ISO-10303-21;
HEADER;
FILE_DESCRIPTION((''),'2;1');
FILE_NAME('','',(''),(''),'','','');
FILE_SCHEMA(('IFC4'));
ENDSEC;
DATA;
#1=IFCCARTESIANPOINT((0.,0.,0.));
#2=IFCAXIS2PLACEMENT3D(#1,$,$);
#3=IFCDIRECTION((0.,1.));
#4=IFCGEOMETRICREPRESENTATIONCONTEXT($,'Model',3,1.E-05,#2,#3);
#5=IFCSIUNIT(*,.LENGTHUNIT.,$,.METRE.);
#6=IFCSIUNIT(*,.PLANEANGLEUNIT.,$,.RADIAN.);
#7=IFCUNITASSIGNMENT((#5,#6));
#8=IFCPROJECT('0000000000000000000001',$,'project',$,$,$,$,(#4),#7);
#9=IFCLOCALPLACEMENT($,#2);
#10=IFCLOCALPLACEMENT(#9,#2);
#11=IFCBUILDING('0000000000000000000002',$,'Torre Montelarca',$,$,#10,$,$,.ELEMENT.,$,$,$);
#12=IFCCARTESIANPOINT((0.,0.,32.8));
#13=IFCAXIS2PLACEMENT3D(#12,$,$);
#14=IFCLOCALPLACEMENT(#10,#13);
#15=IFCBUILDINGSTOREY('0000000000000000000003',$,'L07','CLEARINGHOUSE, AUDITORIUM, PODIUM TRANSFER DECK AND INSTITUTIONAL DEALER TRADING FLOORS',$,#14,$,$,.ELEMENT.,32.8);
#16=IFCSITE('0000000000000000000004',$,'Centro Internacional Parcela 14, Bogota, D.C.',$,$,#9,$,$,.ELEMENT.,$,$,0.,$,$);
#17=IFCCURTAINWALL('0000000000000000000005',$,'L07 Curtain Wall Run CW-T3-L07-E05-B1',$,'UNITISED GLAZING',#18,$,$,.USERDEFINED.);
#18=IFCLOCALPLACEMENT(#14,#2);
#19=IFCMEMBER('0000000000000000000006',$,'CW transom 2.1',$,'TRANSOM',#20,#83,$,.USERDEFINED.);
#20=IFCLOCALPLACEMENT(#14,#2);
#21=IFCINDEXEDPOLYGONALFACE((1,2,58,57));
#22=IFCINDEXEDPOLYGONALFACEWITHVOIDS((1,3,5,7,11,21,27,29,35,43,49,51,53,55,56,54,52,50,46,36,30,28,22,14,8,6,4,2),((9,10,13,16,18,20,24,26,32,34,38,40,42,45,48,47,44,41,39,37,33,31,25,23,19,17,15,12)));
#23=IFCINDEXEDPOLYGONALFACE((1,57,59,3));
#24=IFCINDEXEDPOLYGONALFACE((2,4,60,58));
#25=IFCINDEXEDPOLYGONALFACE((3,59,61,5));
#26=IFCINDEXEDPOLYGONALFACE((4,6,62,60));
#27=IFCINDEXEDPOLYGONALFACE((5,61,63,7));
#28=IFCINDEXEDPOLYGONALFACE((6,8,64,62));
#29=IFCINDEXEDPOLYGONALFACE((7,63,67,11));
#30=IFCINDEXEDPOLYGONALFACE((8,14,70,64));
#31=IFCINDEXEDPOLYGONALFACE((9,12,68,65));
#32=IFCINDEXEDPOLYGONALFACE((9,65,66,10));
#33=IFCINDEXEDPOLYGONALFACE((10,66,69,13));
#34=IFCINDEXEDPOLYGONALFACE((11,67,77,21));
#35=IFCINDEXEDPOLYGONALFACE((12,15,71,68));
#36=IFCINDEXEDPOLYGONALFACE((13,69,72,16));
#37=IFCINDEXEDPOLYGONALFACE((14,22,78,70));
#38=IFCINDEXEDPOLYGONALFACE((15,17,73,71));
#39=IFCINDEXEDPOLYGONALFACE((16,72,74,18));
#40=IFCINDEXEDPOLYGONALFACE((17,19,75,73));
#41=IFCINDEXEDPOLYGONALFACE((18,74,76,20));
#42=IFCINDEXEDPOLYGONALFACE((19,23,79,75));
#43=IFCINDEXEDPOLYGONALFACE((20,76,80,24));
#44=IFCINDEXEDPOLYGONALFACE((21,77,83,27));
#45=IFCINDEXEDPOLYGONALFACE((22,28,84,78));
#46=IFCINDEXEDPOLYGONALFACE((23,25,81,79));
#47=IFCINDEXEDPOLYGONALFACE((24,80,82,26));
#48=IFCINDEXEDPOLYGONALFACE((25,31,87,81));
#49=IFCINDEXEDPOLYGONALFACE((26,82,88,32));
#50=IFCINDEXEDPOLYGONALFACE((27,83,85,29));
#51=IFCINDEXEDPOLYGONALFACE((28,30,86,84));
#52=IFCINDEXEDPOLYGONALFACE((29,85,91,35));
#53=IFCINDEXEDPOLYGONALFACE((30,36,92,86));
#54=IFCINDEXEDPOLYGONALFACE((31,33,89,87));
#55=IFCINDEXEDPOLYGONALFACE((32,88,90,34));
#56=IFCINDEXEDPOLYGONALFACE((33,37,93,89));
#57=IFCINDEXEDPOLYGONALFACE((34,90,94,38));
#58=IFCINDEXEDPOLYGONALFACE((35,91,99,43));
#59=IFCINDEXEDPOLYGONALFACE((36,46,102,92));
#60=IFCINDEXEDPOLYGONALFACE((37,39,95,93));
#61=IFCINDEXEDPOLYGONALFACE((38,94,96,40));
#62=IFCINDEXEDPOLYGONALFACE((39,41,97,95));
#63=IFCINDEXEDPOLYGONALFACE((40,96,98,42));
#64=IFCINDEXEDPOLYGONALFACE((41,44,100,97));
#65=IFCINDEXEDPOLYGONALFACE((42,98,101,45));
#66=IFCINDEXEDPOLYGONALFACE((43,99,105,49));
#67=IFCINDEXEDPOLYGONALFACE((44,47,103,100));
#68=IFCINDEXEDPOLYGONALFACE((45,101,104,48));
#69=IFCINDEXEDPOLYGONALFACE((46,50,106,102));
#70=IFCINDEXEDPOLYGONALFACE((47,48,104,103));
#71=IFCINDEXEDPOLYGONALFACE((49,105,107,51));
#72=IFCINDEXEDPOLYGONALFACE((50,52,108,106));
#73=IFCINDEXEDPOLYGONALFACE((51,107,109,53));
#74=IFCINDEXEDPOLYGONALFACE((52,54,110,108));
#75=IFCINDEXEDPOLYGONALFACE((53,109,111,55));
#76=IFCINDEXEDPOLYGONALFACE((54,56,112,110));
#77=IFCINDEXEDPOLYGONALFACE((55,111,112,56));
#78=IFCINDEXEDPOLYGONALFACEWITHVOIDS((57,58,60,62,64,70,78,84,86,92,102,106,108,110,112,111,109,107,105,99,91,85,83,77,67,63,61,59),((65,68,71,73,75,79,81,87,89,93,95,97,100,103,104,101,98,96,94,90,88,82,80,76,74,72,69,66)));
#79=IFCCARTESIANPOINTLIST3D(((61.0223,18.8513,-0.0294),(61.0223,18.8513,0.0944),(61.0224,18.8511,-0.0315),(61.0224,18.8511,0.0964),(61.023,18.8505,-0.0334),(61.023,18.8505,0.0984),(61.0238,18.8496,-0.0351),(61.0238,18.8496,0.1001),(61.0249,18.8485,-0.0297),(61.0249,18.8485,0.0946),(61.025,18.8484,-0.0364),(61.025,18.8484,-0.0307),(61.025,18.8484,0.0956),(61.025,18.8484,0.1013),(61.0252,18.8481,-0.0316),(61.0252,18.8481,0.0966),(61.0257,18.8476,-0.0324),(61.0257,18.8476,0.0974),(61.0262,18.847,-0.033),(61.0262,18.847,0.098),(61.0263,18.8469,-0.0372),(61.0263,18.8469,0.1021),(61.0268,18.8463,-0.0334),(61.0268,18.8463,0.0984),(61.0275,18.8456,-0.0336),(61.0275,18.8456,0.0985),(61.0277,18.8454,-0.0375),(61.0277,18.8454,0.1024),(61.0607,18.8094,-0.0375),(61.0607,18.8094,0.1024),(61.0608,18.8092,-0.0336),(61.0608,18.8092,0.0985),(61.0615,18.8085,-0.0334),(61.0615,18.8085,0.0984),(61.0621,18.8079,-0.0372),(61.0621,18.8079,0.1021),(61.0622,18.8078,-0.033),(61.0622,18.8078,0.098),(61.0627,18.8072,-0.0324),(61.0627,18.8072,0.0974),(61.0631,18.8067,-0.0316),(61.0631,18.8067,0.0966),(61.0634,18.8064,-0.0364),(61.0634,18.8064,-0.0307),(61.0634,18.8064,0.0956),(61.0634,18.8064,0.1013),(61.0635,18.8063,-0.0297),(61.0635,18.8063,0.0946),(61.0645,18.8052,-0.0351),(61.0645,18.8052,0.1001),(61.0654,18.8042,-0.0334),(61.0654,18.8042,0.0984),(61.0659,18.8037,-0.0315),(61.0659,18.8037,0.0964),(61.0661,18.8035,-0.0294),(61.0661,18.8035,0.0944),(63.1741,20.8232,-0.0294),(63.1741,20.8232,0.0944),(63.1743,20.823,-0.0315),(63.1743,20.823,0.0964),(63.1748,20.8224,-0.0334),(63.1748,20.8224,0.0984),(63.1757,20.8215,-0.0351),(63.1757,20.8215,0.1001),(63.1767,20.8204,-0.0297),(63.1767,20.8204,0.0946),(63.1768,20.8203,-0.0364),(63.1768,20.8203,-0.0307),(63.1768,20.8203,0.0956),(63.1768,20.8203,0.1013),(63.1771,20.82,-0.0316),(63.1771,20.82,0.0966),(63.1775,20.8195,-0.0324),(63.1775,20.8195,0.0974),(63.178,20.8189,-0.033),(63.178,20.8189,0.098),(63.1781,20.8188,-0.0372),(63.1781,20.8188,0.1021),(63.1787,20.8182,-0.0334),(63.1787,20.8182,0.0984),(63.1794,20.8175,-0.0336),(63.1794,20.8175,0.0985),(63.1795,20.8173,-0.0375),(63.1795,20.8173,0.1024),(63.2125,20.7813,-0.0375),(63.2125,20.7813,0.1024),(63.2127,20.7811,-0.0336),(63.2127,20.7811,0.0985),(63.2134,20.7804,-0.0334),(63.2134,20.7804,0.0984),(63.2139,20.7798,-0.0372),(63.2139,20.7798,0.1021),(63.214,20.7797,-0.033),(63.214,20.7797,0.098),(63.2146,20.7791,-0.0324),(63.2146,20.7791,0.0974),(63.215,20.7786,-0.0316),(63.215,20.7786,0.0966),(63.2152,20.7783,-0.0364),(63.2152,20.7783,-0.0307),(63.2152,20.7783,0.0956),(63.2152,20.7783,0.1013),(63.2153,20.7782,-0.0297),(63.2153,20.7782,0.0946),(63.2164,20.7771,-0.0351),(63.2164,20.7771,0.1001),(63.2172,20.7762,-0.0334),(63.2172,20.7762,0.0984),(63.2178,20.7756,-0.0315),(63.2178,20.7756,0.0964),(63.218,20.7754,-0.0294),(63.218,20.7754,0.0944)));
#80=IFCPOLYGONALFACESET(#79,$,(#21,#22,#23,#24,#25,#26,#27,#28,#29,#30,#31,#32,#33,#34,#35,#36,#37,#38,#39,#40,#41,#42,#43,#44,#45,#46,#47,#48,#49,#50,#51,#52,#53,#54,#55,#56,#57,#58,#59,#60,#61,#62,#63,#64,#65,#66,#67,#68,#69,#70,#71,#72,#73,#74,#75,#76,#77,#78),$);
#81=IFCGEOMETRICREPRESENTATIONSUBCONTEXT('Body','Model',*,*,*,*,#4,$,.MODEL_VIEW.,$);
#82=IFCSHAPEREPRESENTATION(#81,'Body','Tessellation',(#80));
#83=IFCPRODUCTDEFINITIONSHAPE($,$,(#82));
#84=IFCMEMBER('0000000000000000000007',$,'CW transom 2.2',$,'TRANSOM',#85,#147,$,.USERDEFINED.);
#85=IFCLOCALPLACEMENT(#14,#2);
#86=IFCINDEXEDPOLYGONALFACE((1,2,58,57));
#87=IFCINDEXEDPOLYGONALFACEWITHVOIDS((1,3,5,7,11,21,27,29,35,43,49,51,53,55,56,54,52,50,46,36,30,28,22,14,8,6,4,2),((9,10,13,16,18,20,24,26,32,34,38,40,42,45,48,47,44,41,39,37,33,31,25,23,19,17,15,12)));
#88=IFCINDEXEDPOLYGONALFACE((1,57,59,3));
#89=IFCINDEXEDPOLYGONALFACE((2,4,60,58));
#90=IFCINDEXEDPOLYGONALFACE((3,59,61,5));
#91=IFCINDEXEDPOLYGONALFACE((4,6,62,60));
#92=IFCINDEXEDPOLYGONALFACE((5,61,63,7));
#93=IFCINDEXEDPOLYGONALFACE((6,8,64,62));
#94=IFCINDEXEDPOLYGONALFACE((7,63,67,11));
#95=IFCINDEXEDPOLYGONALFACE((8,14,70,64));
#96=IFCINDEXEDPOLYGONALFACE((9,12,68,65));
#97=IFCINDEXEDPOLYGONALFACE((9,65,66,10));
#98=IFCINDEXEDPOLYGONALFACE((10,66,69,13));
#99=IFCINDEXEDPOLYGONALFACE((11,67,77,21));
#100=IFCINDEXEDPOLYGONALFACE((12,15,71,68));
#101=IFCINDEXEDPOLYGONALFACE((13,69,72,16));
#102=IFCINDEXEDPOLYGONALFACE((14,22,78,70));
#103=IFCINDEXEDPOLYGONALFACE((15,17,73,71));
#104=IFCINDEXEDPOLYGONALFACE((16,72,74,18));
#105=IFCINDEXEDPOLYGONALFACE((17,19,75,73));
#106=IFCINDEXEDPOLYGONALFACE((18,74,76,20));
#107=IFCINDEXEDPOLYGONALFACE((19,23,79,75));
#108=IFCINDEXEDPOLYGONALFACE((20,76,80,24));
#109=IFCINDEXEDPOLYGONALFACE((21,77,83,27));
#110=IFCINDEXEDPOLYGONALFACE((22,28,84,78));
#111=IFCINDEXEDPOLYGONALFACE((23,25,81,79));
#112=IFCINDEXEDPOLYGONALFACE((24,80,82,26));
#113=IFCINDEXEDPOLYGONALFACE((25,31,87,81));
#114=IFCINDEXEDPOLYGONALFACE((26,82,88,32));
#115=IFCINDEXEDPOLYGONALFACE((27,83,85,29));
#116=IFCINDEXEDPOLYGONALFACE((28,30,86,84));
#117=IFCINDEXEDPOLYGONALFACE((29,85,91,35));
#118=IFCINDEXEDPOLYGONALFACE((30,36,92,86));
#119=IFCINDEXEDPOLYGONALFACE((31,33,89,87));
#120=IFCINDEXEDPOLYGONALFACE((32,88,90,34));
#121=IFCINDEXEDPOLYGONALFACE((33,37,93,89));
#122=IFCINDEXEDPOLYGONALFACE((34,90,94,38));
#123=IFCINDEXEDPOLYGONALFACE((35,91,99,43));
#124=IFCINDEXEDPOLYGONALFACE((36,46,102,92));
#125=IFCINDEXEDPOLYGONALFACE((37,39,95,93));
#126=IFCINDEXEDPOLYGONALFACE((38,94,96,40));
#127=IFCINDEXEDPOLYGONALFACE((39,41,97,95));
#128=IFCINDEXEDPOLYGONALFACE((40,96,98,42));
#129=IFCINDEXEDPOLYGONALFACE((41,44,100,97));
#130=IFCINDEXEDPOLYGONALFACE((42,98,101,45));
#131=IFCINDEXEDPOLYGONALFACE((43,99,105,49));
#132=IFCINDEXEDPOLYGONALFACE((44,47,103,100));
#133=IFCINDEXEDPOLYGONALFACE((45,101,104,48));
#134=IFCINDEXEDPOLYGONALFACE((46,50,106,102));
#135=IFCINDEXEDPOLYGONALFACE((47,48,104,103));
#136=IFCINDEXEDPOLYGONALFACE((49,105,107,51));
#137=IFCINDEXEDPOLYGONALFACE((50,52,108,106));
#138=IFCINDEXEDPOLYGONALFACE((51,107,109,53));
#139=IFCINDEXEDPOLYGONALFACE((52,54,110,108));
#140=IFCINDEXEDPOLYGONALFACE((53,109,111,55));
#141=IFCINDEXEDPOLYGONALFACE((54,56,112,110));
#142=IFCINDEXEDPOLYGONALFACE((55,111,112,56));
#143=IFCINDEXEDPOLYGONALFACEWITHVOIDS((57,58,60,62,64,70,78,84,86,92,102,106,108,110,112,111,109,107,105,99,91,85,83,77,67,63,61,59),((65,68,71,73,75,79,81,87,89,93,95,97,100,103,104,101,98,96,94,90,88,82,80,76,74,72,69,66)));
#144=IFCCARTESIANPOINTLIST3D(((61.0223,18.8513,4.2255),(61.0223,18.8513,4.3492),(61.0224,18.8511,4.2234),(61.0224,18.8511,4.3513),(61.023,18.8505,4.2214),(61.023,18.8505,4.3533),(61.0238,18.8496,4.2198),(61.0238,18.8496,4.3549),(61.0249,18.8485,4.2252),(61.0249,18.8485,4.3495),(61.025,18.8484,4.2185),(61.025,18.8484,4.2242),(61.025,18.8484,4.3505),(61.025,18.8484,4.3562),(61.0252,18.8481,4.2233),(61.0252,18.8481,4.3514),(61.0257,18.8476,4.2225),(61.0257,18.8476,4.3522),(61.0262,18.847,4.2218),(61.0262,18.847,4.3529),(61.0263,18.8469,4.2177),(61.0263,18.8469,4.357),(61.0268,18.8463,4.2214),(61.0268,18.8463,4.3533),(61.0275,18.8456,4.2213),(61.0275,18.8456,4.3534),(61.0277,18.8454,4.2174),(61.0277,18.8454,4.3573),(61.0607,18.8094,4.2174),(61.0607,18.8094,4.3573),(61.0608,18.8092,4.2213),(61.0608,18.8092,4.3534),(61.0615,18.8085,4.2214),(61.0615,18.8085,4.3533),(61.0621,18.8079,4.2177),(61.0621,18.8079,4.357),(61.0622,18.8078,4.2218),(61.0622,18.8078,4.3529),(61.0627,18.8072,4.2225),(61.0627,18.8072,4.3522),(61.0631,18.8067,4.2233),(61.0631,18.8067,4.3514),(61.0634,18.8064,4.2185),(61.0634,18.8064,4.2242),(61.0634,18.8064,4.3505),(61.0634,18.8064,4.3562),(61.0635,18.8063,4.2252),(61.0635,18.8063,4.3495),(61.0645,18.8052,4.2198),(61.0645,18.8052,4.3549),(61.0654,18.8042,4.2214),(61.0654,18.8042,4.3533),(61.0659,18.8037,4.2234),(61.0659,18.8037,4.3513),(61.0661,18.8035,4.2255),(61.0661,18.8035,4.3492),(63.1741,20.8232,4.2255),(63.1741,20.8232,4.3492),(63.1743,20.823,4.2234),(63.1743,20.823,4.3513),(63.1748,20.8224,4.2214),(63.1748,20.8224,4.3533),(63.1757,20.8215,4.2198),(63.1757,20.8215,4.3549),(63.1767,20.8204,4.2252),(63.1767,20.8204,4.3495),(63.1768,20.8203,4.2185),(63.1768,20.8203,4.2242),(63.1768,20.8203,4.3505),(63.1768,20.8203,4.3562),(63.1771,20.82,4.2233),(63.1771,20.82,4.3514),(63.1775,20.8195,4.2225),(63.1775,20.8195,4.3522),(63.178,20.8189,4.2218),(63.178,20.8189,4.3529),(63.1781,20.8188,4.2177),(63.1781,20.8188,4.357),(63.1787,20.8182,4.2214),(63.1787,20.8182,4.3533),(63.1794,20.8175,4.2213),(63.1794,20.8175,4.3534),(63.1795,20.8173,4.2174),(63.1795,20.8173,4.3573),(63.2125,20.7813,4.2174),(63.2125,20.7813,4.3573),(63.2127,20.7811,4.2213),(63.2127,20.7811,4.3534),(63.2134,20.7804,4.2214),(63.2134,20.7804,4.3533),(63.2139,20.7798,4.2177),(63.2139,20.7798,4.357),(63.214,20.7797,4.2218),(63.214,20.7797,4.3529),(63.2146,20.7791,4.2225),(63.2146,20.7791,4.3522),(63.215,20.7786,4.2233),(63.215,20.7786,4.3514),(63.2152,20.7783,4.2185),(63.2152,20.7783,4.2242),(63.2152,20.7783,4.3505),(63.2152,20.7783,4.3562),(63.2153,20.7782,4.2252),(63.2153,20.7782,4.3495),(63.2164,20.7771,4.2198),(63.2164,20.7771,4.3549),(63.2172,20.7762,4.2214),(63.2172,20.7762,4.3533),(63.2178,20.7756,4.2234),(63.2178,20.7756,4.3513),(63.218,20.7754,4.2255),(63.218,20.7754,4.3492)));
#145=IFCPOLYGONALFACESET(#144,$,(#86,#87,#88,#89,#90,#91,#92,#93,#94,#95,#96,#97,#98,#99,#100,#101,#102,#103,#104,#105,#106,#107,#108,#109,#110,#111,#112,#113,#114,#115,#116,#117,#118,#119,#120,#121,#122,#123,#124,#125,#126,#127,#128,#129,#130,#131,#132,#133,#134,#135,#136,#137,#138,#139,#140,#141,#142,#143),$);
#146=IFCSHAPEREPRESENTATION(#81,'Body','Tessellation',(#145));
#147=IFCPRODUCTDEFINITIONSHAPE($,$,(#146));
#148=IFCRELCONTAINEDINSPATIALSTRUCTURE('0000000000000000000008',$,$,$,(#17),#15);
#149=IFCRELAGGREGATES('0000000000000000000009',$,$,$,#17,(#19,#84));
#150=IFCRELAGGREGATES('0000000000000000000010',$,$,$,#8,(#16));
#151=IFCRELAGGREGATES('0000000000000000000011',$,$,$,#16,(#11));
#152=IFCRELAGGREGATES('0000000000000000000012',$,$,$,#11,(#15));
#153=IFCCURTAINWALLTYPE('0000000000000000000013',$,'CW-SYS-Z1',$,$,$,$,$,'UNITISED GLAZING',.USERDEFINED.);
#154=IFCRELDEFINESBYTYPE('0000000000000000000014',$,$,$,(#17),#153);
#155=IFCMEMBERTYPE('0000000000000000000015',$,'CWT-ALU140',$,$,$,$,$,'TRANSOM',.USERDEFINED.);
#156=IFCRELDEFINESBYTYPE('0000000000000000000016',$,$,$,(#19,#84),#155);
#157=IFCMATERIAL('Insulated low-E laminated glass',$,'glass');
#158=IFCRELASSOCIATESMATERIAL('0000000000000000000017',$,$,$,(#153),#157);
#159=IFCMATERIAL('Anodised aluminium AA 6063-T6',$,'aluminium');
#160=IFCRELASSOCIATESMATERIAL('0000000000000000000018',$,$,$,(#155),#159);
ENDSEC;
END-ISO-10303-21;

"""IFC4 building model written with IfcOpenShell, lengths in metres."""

from ifc_helpers import new_model, si_unit, direction, frame, origin, origin_2d, place, context, subcontext, project, spatial, hollow_rectangle, extrude, source, transform, mapped, material, material_profile, profile_set, type_object, element, aggregate, save


model = new_model("IFC4")

# Units and contexts
model_context = context("Model", 3, precision=1e-05, world=origin(), true_north=direction((0.0, 1.0)))
body_context = subcontext(model_context, "Body", "Model", "MODEL_VIEW")
ifc_project = project(units=[si_unit("LENGTHUNIT", "METRE"), si_unit("PLANEANGLEUNIT", "RADIAN")], contexts=[model_context])

# Site, building, storey
site_placement = place(None, origin())
site = spatial("IfcSite", under=ifc_project, at=site_placement, Name="Centro Internacional Parcela 14, Bogota, D.C.", CompositionType="ELEMENT", RefElevation=0.0)
building_placement = place(site_placement, origin())
building = spatial("IfcBuilding", under=site, at=building_placement, Name="Torre Montelarca", CompositionType="ELEMENT")
storey_placement = place(building_placement, frame((0.0, 0.0, 32.8)))
storey = spatial("IfcBuildingStorey", under=building, at=storey_placement, Name="L07", Description="CLEARINGHOUSE, AUDITORIUM, PODIUM TRANSFER DECK AND INSTITUTIONAL DEALER TRADING FLOORS", CompositionType="ELEMENT", Elevation=32.8)

# Curtain wall
ifc_material_1 = material(Name="Insulated low-E laminated glass", Category="glass")
curtain_wall_type = type_object("IfcCurtainWallType", Name="CW-SYS-Z1", ElementType="UNITISED GLAZING", PredefinedType="USERDEFINED", material=ifc_material_1)
curtain_wall_1_placement = place(storey_placement, origin())
curtain_wall_1 = element("IfcCurtainWall", 1, at=curtain_wall_1_placement, inside=storey, type_object=curtain_wall_type, Name="L07 Curtain Wall Run CW-T3-L07-E05-B1", ObjectType="UNITISED GLAZING", PredefinedType="USERDEFINED")
ifc_material_2 = material(Name="Anodised aluminium AA 6063-T6", Category="aluminium")

# Members
ifc_material_profile_1 = material_profile(ifc_material_2, hollow_rectangle(XDim=0.0649, YDim=0.1399, WallThickness=0.0039, InnerFilletRadius=0.0039, OuterFilletRadius=0.0081, at=origin_2d()), Name="ALU65X140X4", Category="aluminium")
ifc_profile_set_1 = profile_set([ifc_material_profile_1], Name="Anodised aluminium AA 6063-T6")
member_type_1 = type_object("IfcMemberType", Name="CWT-ALU140", ElementType="TRANSOM", PredefinedType="USERDEFINED", material=ifc_profile_set_1)
shared_shape_1 = source(origin(), body_context, "Body", "SweptSolid", [
    extrude(hollow_rectangle(XDim=0.0649, YDim=0.1399, WallThickness=0.0039, InnerFilletRadius=0.0039, OuterFilletRadius=0.0081, at=origin_2d()), origin(), (0.0, 0.0, 1.0), 2.9187),
])
member_1_placement = place(storey_placement, frame((61.0442, 18.8274, 0.0325), z_axis=(0.737258, 0.675611, 0.0), x_axis=(-0.675611, 0.737258, 0.0)))
member_1 = element("IfcMember", 2, at=member_1_placement, type_object=member_type_1, Name="CW transom 2.1", ObjectType="TRANSOM", PredefinedType="USERDEFINED", context=body_context, shape_type="MappedRepresentation", body=[
    mapped(shared_shape_1, transform((0.0, 0.0, 0.0), scale=1.0)),
])
member_2_placement = place(storey_placement, frame((61.0442, 18.8274, 4.2874), z_axis=(0.737258, 0.675611, 0.0), x_axis=(-0.675611, 0.737258, 0.0)))
member_2 = element("IfcMember", 3, at=member_2_placement, type_object=member_type_1, Name="CW transom 2.2", ObjectType="TRANSOM", PredefinedType="USERDEFINED", context=body_context, shape_type="MappedRepresentation", body=[
    mapped(shared_shape_1, transform((0.0, 0.0, 0.0), scale=1.0)),
])

aggregate(curtain_wall_1, [member_1, member_2])

save(model, "model.ifc")
